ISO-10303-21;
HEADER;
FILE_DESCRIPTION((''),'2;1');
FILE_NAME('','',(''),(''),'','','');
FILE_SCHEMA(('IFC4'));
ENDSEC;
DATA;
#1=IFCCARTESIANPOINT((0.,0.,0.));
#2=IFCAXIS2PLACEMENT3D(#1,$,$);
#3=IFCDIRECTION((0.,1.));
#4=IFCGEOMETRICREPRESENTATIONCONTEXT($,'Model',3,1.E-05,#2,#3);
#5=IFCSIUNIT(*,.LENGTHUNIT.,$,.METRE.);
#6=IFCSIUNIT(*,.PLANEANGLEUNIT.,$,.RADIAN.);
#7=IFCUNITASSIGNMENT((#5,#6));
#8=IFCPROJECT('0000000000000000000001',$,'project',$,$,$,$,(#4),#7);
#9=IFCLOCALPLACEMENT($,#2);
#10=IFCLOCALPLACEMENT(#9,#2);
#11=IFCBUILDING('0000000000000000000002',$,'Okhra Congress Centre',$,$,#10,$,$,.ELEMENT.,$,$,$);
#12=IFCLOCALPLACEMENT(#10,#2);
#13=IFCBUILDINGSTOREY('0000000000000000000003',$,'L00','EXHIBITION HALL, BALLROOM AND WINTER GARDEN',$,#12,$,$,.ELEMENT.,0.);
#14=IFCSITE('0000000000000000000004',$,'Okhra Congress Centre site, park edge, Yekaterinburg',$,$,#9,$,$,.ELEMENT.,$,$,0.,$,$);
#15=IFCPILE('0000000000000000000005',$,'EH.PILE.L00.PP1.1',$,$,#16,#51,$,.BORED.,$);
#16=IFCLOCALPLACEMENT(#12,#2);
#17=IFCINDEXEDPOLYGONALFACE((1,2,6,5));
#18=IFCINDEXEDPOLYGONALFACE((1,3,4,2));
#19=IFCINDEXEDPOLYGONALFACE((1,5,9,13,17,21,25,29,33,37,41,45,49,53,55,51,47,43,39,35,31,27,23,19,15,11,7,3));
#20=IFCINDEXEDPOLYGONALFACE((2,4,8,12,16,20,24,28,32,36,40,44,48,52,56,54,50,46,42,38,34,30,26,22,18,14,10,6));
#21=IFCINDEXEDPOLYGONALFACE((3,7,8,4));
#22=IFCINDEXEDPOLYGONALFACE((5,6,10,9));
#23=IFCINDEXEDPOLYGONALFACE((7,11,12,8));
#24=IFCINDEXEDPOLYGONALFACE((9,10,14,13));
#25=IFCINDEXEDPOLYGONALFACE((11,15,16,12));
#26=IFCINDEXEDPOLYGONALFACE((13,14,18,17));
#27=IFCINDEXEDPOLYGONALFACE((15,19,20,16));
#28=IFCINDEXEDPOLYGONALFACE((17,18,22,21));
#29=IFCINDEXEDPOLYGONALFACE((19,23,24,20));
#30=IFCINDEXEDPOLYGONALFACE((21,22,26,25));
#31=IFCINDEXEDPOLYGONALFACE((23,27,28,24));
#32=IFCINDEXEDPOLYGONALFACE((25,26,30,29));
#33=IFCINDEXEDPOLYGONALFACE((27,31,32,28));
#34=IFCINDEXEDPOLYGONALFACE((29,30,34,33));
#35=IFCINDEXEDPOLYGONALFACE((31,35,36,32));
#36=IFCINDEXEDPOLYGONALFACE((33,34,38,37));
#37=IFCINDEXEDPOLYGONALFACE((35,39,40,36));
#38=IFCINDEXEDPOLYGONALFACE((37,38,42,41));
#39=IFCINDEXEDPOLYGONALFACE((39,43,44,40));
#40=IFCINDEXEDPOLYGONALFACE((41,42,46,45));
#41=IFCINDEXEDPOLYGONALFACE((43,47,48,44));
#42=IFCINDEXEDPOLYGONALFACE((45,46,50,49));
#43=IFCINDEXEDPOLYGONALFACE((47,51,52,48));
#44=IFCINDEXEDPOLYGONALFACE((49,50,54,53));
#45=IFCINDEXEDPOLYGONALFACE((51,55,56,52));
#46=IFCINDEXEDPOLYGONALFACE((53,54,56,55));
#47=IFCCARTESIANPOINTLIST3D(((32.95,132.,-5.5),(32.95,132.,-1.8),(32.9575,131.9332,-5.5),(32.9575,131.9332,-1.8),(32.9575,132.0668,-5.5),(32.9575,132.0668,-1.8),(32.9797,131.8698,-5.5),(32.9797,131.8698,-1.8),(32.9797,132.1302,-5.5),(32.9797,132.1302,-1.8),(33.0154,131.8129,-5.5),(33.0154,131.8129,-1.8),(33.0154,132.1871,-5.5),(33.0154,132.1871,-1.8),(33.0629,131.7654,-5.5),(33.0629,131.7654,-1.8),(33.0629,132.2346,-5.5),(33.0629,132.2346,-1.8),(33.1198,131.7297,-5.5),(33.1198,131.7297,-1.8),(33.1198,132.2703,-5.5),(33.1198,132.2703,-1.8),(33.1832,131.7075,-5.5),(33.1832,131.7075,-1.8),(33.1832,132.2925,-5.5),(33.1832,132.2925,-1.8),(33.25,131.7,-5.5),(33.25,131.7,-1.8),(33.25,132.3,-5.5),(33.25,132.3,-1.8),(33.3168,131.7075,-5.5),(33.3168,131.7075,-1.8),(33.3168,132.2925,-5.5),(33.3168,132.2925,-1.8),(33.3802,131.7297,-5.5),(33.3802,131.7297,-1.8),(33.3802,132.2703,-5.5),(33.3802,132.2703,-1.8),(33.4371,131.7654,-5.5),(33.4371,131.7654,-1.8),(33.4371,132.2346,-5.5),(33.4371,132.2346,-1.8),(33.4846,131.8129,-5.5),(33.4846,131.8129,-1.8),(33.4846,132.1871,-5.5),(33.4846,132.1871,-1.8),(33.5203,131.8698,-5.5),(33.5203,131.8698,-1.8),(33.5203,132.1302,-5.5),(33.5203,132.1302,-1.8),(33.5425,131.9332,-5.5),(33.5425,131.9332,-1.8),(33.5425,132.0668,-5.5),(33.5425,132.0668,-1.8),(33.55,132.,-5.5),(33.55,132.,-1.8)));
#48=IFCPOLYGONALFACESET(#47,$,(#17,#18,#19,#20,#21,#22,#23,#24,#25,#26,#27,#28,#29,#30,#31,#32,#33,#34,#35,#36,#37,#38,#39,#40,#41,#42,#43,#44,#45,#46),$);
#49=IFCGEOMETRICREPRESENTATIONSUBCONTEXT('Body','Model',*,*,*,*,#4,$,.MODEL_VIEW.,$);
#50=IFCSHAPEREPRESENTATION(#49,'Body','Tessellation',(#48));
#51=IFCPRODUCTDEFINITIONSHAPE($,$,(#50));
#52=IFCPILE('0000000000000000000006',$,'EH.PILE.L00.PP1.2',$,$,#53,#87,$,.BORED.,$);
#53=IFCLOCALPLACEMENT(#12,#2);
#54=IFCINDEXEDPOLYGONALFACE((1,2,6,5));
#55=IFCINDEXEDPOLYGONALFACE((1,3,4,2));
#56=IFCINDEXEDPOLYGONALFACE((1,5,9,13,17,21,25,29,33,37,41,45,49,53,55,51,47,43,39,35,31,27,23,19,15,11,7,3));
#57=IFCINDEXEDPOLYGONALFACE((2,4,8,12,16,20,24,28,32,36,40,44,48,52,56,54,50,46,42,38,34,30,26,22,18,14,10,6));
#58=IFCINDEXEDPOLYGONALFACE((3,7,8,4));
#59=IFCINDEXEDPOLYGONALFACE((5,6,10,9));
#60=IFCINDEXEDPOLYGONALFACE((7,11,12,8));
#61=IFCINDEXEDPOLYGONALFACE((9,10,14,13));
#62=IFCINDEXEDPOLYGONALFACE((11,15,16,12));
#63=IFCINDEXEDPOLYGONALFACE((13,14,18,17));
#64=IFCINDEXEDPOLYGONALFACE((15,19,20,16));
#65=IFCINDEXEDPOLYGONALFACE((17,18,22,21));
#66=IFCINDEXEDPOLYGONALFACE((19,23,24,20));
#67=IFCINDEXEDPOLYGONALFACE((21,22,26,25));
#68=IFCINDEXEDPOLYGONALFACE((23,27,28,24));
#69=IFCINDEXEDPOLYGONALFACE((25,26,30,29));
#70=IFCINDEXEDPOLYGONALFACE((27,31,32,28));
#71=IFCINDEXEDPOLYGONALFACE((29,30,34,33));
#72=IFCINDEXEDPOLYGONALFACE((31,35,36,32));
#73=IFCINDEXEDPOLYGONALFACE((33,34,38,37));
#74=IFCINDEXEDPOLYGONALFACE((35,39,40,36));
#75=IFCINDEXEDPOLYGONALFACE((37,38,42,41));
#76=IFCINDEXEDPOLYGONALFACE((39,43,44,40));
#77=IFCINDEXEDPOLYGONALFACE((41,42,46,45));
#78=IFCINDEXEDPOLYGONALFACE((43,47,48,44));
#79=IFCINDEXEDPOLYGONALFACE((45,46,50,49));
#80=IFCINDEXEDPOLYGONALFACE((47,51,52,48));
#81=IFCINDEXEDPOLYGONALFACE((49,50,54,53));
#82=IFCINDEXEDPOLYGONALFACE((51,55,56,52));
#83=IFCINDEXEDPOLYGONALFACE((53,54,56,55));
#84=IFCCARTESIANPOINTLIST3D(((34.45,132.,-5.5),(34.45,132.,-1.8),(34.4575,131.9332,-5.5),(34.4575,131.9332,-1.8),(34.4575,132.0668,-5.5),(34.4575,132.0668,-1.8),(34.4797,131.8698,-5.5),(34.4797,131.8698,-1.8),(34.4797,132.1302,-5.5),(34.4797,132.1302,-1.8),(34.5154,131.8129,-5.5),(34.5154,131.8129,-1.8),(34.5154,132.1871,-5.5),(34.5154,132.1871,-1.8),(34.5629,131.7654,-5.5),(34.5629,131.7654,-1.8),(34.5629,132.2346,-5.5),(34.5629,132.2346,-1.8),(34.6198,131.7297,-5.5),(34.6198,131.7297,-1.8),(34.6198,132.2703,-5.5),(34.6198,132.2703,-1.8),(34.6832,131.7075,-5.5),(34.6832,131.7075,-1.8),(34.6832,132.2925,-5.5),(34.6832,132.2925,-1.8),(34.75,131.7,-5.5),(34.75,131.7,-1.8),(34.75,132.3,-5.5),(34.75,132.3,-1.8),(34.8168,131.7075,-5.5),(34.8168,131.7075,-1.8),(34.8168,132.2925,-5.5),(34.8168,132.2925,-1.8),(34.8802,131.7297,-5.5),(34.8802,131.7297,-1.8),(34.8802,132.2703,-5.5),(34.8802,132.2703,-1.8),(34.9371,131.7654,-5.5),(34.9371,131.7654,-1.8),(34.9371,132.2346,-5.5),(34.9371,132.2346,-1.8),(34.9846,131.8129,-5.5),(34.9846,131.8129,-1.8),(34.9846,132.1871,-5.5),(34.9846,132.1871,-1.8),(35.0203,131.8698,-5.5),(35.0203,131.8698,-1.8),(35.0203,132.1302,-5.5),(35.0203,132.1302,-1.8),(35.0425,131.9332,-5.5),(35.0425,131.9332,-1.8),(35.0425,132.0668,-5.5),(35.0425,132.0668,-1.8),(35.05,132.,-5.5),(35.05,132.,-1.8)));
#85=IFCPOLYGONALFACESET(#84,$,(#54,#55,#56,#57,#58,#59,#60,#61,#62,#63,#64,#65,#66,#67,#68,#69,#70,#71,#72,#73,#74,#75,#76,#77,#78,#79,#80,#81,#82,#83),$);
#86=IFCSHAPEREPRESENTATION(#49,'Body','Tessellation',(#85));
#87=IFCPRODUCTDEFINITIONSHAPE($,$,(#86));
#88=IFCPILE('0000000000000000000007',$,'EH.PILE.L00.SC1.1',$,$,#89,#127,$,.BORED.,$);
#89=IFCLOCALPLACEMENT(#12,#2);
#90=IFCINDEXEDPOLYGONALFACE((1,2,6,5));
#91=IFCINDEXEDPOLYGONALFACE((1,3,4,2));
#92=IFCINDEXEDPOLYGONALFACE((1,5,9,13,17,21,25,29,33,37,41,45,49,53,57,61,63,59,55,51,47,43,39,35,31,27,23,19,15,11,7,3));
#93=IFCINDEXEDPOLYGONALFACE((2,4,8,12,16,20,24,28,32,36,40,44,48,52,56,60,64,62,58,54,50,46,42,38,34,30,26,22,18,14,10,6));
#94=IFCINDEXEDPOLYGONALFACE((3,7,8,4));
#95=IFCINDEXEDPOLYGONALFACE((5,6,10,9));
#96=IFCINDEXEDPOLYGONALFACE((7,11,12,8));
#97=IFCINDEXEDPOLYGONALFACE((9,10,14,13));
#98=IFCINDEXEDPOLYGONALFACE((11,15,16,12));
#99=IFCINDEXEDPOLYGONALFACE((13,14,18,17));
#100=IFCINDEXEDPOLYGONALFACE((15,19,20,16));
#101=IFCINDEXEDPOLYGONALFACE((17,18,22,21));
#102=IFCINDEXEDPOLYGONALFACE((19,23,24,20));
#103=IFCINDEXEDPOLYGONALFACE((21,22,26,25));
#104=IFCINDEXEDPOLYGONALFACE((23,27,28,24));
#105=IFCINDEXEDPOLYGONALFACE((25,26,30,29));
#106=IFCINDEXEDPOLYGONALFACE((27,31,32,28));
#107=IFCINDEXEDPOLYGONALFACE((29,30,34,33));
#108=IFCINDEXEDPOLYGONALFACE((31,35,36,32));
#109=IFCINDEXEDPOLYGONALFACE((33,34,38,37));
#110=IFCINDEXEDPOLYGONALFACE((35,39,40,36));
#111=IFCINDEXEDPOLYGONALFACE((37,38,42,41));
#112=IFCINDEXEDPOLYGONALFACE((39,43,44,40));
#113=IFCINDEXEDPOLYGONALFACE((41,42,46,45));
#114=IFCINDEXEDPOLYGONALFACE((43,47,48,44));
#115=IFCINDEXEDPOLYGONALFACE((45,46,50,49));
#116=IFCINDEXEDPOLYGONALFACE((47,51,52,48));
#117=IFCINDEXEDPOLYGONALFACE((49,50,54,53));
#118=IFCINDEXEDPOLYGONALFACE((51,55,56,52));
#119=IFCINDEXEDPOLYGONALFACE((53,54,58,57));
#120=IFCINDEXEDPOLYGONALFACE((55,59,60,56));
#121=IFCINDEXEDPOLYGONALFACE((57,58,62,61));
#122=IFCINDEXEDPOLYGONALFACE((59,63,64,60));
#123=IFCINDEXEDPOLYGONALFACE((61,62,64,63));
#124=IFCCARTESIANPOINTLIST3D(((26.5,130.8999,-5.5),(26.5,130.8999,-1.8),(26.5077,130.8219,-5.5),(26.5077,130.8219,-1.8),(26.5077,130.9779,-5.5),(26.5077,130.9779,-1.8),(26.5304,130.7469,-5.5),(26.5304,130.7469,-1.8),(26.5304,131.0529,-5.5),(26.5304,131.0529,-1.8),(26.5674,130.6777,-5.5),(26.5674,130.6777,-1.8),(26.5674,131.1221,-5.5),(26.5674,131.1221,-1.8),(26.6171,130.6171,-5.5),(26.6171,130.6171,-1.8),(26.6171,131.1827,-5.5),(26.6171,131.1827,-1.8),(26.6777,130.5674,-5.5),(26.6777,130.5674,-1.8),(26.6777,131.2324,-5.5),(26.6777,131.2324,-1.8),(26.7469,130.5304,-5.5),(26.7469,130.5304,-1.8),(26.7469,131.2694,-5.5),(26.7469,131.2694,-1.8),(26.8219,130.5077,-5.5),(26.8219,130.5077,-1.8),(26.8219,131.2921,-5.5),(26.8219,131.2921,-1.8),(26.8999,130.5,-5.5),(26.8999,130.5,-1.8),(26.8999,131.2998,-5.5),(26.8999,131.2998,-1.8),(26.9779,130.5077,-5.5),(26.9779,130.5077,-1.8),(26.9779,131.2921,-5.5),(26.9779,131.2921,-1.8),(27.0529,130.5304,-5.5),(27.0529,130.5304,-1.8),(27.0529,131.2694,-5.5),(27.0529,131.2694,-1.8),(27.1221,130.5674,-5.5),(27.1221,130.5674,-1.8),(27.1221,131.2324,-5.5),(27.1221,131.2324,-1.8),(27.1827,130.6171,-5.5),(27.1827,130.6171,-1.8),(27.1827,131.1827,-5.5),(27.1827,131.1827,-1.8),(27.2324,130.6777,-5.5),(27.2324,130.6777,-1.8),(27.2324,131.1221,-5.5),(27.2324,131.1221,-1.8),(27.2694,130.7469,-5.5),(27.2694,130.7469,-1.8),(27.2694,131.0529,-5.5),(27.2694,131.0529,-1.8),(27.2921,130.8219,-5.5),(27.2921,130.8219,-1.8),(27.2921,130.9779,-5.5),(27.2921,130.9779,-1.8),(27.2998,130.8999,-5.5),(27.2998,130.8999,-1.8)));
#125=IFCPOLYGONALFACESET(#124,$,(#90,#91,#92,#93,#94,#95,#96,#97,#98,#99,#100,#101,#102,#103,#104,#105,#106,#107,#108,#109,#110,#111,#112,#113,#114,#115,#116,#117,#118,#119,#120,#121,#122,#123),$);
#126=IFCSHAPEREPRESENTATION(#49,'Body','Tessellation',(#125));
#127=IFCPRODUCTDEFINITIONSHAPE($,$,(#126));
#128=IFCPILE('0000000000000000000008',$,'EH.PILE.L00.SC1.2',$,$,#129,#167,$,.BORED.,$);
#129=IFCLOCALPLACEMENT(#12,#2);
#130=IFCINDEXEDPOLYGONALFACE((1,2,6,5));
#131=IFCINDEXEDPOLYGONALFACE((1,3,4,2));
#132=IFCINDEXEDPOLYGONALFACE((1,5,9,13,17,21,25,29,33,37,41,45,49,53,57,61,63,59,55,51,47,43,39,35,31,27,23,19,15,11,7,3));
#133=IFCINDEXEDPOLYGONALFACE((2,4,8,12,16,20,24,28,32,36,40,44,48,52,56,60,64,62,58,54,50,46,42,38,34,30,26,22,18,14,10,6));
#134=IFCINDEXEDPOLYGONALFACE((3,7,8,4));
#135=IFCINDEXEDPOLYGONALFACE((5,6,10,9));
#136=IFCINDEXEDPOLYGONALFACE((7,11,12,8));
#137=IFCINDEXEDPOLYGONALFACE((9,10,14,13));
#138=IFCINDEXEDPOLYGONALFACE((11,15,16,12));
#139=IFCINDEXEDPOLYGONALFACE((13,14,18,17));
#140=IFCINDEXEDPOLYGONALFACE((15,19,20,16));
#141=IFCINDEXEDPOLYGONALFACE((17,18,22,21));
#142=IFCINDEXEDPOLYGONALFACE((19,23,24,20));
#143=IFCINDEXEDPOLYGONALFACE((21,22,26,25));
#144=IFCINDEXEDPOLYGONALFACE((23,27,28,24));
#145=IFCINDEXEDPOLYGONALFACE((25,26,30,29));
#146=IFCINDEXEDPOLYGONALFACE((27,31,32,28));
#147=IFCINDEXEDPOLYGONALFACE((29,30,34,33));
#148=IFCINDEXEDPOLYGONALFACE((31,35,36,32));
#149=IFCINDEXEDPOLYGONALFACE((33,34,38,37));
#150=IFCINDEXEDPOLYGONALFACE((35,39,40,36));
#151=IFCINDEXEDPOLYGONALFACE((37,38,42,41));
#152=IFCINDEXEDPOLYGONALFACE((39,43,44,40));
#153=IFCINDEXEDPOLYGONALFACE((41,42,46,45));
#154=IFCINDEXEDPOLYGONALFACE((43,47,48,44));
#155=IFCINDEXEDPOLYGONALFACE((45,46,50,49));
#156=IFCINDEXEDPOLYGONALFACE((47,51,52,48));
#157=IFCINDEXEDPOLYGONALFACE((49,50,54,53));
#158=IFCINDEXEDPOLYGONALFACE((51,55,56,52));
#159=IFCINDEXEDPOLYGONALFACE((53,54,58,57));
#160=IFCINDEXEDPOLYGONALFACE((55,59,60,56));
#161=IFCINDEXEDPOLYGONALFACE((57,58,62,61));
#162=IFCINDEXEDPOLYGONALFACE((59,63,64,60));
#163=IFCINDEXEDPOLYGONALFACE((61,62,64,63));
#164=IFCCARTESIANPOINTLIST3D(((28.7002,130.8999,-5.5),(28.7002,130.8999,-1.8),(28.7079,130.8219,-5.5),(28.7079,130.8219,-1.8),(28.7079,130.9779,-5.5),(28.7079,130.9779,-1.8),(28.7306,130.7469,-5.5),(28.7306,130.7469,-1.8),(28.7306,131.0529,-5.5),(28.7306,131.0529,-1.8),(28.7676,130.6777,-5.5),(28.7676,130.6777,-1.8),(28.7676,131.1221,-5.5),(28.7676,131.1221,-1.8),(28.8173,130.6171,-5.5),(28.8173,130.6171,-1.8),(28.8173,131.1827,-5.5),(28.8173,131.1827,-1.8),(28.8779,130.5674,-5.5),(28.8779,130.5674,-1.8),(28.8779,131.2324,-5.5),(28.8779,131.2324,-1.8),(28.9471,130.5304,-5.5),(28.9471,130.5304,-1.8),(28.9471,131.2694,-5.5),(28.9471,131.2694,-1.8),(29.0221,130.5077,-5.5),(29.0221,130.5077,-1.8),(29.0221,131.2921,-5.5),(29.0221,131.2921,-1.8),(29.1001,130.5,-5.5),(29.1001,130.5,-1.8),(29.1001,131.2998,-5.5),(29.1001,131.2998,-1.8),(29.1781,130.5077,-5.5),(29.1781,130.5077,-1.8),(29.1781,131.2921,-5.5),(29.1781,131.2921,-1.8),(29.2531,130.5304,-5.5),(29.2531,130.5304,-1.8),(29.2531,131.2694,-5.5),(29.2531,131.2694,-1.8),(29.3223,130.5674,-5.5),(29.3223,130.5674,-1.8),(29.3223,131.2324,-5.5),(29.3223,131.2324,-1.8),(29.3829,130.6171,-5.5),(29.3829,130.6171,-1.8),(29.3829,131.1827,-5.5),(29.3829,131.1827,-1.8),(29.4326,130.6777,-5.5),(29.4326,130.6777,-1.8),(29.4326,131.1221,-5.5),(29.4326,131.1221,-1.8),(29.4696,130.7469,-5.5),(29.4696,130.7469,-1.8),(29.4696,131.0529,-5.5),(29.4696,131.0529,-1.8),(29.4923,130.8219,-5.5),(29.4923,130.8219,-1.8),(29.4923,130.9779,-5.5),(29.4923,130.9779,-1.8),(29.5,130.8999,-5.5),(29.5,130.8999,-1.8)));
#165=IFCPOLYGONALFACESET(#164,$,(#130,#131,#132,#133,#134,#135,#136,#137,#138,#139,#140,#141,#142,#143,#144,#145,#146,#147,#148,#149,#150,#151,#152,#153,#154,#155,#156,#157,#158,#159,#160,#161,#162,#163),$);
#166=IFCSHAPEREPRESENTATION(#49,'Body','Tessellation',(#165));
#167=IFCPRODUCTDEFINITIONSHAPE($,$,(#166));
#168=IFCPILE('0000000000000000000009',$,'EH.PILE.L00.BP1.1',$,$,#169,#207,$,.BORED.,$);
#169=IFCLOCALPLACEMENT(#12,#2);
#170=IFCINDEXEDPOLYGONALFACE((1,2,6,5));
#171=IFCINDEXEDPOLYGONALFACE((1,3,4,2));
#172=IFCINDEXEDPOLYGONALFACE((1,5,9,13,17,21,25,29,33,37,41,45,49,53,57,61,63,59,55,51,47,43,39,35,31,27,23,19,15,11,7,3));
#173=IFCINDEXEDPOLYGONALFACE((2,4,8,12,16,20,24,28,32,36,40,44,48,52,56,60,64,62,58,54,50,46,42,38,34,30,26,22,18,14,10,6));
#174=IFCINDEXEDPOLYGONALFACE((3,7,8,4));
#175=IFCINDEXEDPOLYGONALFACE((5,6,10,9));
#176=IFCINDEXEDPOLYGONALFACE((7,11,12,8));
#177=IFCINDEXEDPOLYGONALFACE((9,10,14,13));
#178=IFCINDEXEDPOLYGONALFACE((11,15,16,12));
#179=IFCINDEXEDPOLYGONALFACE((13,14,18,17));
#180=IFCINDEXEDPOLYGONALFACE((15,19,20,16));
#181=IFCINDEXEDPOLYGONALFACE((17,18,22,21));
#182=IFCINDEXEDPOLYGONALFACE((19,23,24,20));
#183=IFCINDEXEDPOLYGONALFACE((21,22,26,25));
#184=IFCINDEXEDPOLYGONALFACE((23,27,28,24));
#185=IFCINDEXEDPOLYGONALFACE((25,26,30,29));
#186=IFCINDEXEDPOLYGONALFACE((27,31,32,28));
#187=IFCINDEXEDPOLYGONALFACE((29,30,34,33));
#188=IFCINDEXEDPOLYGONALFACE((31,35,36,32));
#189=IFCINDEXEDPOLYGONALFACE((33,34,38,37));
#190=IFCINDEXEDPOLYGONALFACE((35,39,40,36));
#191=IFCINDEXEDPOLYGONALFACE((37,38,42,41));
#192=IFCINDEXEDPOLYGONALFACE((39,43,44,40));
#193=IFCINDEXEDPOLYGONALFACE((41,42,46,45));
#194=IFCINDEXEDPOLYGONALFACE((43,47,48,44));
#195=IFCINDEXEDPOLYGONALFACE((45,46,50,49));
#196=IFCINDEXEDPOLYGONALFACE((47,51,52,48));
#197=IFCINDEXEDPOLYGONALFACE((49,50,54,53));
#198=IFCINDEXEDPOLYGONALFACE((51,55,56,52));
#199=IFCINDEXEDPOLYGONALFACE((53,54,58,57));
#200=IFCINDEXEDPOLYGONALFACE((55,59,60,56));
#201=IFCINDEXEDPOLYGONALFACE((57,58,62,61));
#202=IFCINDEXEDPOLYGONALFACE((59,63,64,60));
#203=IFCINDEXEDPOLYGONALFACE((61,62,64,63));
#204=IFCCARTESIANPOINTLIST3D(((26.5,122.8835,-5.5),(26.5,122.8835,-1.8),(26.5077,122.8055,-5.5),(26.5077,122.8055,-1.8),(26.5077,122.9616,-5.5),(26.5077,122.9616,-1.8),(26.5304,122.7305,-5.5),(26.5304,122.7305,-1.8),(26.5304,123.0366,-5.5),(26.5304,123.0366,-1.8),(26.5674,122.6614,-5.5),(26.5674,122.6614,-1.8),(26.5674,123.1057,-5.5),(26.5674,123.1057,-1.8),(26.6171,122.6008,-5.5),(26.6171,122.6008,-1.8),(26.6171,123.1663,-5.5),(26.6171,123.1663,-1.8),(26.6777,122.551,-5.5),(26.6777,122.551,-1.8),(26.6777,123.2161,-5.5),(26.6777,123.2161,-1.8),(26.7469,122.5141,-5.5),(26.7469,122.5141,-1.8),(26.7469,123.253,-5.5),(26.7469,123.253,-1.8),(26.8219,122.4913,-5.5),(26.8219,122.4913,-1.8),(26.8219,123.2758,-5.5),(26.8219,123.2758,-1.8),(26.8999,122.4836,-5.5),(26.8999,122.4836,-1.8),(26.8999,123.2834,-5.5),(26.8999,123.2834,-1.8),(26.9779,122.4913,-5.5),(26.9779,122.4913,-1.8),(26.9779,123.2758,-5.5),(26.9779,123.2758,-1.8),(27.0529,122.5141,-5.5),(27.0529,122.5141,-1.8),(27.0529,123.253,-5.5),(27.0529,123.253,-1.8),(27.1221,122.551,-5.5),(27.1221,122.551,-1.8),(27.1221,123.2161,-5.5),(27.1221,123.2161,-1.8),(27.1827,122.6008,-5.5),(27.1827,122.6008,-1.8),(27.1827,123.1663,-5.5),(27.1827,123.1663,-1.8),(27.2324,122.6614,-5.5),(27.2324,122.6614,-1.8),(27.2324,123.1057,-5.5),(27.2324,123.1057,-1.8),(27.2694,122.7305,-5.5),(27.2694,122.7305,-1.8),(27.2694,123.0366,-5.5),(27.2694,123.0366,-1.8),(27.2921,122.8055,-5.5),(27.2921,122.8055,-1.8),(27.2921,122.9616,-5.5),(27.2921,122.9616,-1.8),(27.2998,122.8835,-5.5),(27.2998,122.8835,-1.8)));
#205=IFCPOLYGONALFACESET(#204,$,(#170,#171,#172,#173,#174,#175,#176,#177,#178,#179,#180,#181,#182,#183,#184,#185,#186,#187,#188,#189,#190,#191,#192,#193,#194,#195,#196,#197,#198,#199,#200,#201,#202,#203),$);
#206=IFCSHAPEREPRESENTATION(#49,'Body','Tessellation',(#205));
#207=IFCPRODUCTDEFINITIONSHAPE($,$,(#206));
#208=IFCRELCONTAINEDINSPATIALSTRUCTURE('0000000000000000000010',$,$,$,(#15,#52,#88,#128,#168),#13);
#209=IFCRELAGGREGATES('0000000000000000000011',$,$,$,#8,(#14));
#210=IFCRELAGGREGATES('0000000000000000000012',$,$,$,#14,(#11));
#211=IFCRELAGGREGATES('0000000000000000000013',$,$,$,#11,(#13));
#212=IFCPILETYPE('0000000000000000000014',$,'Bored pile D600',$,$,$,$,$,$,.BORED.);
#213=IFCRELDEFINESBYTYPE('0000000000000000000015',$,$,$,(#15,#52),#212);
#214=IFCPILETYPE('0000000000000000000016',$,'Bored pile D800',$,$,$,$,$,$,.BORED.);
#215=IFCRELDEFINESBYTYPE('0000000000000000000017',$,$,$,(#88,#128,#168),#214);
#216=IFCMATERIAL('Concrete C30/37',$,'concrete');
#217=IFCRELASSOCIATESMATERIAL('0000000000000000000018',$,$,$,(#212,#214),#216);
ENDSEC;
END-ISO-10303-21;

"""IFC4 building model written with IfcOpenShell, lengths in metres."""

from ifc_helpers import new_model, si_unit, direction, frame, origin, origin_2d, place, context, subcontext, project, spatial, circle, extrude, material, material_profile, profile_set, type_object, element, save


model = new_model("IFC4")

# Units and contexts
model_context = context("Model", 3, precision=1e-05, world=origin(), true_north=direction((0.0, 1.0)))
body_context = subcontext(model_context, "Body", "Model", "MODEL_VIEW")
ifc_project = project(units=[si_unit("LENGTHUNIT", "METRE"), si_unit("PLANEANGLEUNIT", "RADIAN")], contexts=[model_context])

# Site, building, storey
site_placement = place(None, origin())
site = spatial("IfcSite", under=ifc_project, at=site_placement, Name="Okhra Congress Centre site, park edge, Yekaterinburg", CompositionType="ELEMENT", RefElevation=0.0)
building_placement = place(site_placement, origin())
building = spatial("IfcBuilding", under=site, at=building_placement, Name="Okhra Congress Centre", CompositionType="ELEMENT")
storey_placement = place(building_placement, origin())
storey = spatial("IfcBuildingStorey", under=building, at=storey_placement, Name="L00", Description="EXHIBITION HALL, BALLROOM AND WINTER GARDEN", CompositionType="ELEMENT", Elevation=0.0)

# Piles
ifc_material_1 = material(Name="Concrete C30/37", Category="concrete")
ifc_material_profile_1 = material_profile(ifc_material_1, circle(Radius=0.3, at=origin_2d()), Name="D600")
ifc_profile_set_1 = profile_set([ifc_material_profile_1], Name="Concrete C30/37")
pile_type_1 = type_object("IfcPileType", Name="Bored pile D600", PredefinedType="BORED", material=ifc_profile_set_1)
for number, where, z_axis, x_axis, name in (
    (1, (33.25, 132.0, -1.8), (0.0, 0.0, -1.0), (1.0, 0.0, 0.0), "EH.PILE.L00.PP1.1"),
    (2, (34.75, 132.0, -1.8), (0.0, 0.0, -1.0), (1.0, 0.0, 0.0), "EH.PILE.L00.PP1.2"),
):
    element("IfcPile", number, at=place(storey_placement, frame(where, z_axis=z_axis, x_axis=x_axis)), inside=storey, type_object=pile_type_1, Name=name, PredefinedType="BORED", context=body_context, shape_type="SweptSolid", body=[
        extrude(circle(Radius=0.3, at=origin_2d()), origin(), (0.0, 0.0, 1.0), 3.7),
    ])
ifc_material_profile_2 = material_profile(ifc_material_1, circle(Radius=0.3999, at=origin_2d()), Name="D800")
ifc_profile_set_2 = profile_set([ifc_material_profile_2], Name="Concrete C30/37")
pile_type_2 = type_object("IfcPileType", Name="Bored pile D800", PredefinedType="BORED", material=ifc_profile_set_2)
for number, where, z_axis, x_axis, name in (
    (3, (26.8999, 130.8999, -1.8), (0.0, 0.0, -1.0), (1.0, 0.0, 0.0), "EH.PILE.L00.SC1.1"),
    (4, (29.1001, 130.8999, -1.8), (0.0, 0.0, -1.0), (1.0, 0.0, 0.0), "EH.PILE.L00.SC1.2"),
    (5, (26.8999, 122.8835, -1.8), (0.0, 0.0, -1.0), (1.0, 0.0, 0.0), "EH.PILE.L00.BP1.1"),
):
    element("IfcPile", number, at=place(storey_placement, frame(where, z_axis=z_axis, x_axis=x_axis)), inside=storey, type_object=pile_type_2, Name=name, PredefinedType="BORED", context=body_context, shape_type="SweptSolid", body=[
        extrude(circle(Radius=0.3999, at=origin_2d()), origin(), (0.0, 0.0, 1.0), 3.7),
    ])

save(model, "model.ifc")
